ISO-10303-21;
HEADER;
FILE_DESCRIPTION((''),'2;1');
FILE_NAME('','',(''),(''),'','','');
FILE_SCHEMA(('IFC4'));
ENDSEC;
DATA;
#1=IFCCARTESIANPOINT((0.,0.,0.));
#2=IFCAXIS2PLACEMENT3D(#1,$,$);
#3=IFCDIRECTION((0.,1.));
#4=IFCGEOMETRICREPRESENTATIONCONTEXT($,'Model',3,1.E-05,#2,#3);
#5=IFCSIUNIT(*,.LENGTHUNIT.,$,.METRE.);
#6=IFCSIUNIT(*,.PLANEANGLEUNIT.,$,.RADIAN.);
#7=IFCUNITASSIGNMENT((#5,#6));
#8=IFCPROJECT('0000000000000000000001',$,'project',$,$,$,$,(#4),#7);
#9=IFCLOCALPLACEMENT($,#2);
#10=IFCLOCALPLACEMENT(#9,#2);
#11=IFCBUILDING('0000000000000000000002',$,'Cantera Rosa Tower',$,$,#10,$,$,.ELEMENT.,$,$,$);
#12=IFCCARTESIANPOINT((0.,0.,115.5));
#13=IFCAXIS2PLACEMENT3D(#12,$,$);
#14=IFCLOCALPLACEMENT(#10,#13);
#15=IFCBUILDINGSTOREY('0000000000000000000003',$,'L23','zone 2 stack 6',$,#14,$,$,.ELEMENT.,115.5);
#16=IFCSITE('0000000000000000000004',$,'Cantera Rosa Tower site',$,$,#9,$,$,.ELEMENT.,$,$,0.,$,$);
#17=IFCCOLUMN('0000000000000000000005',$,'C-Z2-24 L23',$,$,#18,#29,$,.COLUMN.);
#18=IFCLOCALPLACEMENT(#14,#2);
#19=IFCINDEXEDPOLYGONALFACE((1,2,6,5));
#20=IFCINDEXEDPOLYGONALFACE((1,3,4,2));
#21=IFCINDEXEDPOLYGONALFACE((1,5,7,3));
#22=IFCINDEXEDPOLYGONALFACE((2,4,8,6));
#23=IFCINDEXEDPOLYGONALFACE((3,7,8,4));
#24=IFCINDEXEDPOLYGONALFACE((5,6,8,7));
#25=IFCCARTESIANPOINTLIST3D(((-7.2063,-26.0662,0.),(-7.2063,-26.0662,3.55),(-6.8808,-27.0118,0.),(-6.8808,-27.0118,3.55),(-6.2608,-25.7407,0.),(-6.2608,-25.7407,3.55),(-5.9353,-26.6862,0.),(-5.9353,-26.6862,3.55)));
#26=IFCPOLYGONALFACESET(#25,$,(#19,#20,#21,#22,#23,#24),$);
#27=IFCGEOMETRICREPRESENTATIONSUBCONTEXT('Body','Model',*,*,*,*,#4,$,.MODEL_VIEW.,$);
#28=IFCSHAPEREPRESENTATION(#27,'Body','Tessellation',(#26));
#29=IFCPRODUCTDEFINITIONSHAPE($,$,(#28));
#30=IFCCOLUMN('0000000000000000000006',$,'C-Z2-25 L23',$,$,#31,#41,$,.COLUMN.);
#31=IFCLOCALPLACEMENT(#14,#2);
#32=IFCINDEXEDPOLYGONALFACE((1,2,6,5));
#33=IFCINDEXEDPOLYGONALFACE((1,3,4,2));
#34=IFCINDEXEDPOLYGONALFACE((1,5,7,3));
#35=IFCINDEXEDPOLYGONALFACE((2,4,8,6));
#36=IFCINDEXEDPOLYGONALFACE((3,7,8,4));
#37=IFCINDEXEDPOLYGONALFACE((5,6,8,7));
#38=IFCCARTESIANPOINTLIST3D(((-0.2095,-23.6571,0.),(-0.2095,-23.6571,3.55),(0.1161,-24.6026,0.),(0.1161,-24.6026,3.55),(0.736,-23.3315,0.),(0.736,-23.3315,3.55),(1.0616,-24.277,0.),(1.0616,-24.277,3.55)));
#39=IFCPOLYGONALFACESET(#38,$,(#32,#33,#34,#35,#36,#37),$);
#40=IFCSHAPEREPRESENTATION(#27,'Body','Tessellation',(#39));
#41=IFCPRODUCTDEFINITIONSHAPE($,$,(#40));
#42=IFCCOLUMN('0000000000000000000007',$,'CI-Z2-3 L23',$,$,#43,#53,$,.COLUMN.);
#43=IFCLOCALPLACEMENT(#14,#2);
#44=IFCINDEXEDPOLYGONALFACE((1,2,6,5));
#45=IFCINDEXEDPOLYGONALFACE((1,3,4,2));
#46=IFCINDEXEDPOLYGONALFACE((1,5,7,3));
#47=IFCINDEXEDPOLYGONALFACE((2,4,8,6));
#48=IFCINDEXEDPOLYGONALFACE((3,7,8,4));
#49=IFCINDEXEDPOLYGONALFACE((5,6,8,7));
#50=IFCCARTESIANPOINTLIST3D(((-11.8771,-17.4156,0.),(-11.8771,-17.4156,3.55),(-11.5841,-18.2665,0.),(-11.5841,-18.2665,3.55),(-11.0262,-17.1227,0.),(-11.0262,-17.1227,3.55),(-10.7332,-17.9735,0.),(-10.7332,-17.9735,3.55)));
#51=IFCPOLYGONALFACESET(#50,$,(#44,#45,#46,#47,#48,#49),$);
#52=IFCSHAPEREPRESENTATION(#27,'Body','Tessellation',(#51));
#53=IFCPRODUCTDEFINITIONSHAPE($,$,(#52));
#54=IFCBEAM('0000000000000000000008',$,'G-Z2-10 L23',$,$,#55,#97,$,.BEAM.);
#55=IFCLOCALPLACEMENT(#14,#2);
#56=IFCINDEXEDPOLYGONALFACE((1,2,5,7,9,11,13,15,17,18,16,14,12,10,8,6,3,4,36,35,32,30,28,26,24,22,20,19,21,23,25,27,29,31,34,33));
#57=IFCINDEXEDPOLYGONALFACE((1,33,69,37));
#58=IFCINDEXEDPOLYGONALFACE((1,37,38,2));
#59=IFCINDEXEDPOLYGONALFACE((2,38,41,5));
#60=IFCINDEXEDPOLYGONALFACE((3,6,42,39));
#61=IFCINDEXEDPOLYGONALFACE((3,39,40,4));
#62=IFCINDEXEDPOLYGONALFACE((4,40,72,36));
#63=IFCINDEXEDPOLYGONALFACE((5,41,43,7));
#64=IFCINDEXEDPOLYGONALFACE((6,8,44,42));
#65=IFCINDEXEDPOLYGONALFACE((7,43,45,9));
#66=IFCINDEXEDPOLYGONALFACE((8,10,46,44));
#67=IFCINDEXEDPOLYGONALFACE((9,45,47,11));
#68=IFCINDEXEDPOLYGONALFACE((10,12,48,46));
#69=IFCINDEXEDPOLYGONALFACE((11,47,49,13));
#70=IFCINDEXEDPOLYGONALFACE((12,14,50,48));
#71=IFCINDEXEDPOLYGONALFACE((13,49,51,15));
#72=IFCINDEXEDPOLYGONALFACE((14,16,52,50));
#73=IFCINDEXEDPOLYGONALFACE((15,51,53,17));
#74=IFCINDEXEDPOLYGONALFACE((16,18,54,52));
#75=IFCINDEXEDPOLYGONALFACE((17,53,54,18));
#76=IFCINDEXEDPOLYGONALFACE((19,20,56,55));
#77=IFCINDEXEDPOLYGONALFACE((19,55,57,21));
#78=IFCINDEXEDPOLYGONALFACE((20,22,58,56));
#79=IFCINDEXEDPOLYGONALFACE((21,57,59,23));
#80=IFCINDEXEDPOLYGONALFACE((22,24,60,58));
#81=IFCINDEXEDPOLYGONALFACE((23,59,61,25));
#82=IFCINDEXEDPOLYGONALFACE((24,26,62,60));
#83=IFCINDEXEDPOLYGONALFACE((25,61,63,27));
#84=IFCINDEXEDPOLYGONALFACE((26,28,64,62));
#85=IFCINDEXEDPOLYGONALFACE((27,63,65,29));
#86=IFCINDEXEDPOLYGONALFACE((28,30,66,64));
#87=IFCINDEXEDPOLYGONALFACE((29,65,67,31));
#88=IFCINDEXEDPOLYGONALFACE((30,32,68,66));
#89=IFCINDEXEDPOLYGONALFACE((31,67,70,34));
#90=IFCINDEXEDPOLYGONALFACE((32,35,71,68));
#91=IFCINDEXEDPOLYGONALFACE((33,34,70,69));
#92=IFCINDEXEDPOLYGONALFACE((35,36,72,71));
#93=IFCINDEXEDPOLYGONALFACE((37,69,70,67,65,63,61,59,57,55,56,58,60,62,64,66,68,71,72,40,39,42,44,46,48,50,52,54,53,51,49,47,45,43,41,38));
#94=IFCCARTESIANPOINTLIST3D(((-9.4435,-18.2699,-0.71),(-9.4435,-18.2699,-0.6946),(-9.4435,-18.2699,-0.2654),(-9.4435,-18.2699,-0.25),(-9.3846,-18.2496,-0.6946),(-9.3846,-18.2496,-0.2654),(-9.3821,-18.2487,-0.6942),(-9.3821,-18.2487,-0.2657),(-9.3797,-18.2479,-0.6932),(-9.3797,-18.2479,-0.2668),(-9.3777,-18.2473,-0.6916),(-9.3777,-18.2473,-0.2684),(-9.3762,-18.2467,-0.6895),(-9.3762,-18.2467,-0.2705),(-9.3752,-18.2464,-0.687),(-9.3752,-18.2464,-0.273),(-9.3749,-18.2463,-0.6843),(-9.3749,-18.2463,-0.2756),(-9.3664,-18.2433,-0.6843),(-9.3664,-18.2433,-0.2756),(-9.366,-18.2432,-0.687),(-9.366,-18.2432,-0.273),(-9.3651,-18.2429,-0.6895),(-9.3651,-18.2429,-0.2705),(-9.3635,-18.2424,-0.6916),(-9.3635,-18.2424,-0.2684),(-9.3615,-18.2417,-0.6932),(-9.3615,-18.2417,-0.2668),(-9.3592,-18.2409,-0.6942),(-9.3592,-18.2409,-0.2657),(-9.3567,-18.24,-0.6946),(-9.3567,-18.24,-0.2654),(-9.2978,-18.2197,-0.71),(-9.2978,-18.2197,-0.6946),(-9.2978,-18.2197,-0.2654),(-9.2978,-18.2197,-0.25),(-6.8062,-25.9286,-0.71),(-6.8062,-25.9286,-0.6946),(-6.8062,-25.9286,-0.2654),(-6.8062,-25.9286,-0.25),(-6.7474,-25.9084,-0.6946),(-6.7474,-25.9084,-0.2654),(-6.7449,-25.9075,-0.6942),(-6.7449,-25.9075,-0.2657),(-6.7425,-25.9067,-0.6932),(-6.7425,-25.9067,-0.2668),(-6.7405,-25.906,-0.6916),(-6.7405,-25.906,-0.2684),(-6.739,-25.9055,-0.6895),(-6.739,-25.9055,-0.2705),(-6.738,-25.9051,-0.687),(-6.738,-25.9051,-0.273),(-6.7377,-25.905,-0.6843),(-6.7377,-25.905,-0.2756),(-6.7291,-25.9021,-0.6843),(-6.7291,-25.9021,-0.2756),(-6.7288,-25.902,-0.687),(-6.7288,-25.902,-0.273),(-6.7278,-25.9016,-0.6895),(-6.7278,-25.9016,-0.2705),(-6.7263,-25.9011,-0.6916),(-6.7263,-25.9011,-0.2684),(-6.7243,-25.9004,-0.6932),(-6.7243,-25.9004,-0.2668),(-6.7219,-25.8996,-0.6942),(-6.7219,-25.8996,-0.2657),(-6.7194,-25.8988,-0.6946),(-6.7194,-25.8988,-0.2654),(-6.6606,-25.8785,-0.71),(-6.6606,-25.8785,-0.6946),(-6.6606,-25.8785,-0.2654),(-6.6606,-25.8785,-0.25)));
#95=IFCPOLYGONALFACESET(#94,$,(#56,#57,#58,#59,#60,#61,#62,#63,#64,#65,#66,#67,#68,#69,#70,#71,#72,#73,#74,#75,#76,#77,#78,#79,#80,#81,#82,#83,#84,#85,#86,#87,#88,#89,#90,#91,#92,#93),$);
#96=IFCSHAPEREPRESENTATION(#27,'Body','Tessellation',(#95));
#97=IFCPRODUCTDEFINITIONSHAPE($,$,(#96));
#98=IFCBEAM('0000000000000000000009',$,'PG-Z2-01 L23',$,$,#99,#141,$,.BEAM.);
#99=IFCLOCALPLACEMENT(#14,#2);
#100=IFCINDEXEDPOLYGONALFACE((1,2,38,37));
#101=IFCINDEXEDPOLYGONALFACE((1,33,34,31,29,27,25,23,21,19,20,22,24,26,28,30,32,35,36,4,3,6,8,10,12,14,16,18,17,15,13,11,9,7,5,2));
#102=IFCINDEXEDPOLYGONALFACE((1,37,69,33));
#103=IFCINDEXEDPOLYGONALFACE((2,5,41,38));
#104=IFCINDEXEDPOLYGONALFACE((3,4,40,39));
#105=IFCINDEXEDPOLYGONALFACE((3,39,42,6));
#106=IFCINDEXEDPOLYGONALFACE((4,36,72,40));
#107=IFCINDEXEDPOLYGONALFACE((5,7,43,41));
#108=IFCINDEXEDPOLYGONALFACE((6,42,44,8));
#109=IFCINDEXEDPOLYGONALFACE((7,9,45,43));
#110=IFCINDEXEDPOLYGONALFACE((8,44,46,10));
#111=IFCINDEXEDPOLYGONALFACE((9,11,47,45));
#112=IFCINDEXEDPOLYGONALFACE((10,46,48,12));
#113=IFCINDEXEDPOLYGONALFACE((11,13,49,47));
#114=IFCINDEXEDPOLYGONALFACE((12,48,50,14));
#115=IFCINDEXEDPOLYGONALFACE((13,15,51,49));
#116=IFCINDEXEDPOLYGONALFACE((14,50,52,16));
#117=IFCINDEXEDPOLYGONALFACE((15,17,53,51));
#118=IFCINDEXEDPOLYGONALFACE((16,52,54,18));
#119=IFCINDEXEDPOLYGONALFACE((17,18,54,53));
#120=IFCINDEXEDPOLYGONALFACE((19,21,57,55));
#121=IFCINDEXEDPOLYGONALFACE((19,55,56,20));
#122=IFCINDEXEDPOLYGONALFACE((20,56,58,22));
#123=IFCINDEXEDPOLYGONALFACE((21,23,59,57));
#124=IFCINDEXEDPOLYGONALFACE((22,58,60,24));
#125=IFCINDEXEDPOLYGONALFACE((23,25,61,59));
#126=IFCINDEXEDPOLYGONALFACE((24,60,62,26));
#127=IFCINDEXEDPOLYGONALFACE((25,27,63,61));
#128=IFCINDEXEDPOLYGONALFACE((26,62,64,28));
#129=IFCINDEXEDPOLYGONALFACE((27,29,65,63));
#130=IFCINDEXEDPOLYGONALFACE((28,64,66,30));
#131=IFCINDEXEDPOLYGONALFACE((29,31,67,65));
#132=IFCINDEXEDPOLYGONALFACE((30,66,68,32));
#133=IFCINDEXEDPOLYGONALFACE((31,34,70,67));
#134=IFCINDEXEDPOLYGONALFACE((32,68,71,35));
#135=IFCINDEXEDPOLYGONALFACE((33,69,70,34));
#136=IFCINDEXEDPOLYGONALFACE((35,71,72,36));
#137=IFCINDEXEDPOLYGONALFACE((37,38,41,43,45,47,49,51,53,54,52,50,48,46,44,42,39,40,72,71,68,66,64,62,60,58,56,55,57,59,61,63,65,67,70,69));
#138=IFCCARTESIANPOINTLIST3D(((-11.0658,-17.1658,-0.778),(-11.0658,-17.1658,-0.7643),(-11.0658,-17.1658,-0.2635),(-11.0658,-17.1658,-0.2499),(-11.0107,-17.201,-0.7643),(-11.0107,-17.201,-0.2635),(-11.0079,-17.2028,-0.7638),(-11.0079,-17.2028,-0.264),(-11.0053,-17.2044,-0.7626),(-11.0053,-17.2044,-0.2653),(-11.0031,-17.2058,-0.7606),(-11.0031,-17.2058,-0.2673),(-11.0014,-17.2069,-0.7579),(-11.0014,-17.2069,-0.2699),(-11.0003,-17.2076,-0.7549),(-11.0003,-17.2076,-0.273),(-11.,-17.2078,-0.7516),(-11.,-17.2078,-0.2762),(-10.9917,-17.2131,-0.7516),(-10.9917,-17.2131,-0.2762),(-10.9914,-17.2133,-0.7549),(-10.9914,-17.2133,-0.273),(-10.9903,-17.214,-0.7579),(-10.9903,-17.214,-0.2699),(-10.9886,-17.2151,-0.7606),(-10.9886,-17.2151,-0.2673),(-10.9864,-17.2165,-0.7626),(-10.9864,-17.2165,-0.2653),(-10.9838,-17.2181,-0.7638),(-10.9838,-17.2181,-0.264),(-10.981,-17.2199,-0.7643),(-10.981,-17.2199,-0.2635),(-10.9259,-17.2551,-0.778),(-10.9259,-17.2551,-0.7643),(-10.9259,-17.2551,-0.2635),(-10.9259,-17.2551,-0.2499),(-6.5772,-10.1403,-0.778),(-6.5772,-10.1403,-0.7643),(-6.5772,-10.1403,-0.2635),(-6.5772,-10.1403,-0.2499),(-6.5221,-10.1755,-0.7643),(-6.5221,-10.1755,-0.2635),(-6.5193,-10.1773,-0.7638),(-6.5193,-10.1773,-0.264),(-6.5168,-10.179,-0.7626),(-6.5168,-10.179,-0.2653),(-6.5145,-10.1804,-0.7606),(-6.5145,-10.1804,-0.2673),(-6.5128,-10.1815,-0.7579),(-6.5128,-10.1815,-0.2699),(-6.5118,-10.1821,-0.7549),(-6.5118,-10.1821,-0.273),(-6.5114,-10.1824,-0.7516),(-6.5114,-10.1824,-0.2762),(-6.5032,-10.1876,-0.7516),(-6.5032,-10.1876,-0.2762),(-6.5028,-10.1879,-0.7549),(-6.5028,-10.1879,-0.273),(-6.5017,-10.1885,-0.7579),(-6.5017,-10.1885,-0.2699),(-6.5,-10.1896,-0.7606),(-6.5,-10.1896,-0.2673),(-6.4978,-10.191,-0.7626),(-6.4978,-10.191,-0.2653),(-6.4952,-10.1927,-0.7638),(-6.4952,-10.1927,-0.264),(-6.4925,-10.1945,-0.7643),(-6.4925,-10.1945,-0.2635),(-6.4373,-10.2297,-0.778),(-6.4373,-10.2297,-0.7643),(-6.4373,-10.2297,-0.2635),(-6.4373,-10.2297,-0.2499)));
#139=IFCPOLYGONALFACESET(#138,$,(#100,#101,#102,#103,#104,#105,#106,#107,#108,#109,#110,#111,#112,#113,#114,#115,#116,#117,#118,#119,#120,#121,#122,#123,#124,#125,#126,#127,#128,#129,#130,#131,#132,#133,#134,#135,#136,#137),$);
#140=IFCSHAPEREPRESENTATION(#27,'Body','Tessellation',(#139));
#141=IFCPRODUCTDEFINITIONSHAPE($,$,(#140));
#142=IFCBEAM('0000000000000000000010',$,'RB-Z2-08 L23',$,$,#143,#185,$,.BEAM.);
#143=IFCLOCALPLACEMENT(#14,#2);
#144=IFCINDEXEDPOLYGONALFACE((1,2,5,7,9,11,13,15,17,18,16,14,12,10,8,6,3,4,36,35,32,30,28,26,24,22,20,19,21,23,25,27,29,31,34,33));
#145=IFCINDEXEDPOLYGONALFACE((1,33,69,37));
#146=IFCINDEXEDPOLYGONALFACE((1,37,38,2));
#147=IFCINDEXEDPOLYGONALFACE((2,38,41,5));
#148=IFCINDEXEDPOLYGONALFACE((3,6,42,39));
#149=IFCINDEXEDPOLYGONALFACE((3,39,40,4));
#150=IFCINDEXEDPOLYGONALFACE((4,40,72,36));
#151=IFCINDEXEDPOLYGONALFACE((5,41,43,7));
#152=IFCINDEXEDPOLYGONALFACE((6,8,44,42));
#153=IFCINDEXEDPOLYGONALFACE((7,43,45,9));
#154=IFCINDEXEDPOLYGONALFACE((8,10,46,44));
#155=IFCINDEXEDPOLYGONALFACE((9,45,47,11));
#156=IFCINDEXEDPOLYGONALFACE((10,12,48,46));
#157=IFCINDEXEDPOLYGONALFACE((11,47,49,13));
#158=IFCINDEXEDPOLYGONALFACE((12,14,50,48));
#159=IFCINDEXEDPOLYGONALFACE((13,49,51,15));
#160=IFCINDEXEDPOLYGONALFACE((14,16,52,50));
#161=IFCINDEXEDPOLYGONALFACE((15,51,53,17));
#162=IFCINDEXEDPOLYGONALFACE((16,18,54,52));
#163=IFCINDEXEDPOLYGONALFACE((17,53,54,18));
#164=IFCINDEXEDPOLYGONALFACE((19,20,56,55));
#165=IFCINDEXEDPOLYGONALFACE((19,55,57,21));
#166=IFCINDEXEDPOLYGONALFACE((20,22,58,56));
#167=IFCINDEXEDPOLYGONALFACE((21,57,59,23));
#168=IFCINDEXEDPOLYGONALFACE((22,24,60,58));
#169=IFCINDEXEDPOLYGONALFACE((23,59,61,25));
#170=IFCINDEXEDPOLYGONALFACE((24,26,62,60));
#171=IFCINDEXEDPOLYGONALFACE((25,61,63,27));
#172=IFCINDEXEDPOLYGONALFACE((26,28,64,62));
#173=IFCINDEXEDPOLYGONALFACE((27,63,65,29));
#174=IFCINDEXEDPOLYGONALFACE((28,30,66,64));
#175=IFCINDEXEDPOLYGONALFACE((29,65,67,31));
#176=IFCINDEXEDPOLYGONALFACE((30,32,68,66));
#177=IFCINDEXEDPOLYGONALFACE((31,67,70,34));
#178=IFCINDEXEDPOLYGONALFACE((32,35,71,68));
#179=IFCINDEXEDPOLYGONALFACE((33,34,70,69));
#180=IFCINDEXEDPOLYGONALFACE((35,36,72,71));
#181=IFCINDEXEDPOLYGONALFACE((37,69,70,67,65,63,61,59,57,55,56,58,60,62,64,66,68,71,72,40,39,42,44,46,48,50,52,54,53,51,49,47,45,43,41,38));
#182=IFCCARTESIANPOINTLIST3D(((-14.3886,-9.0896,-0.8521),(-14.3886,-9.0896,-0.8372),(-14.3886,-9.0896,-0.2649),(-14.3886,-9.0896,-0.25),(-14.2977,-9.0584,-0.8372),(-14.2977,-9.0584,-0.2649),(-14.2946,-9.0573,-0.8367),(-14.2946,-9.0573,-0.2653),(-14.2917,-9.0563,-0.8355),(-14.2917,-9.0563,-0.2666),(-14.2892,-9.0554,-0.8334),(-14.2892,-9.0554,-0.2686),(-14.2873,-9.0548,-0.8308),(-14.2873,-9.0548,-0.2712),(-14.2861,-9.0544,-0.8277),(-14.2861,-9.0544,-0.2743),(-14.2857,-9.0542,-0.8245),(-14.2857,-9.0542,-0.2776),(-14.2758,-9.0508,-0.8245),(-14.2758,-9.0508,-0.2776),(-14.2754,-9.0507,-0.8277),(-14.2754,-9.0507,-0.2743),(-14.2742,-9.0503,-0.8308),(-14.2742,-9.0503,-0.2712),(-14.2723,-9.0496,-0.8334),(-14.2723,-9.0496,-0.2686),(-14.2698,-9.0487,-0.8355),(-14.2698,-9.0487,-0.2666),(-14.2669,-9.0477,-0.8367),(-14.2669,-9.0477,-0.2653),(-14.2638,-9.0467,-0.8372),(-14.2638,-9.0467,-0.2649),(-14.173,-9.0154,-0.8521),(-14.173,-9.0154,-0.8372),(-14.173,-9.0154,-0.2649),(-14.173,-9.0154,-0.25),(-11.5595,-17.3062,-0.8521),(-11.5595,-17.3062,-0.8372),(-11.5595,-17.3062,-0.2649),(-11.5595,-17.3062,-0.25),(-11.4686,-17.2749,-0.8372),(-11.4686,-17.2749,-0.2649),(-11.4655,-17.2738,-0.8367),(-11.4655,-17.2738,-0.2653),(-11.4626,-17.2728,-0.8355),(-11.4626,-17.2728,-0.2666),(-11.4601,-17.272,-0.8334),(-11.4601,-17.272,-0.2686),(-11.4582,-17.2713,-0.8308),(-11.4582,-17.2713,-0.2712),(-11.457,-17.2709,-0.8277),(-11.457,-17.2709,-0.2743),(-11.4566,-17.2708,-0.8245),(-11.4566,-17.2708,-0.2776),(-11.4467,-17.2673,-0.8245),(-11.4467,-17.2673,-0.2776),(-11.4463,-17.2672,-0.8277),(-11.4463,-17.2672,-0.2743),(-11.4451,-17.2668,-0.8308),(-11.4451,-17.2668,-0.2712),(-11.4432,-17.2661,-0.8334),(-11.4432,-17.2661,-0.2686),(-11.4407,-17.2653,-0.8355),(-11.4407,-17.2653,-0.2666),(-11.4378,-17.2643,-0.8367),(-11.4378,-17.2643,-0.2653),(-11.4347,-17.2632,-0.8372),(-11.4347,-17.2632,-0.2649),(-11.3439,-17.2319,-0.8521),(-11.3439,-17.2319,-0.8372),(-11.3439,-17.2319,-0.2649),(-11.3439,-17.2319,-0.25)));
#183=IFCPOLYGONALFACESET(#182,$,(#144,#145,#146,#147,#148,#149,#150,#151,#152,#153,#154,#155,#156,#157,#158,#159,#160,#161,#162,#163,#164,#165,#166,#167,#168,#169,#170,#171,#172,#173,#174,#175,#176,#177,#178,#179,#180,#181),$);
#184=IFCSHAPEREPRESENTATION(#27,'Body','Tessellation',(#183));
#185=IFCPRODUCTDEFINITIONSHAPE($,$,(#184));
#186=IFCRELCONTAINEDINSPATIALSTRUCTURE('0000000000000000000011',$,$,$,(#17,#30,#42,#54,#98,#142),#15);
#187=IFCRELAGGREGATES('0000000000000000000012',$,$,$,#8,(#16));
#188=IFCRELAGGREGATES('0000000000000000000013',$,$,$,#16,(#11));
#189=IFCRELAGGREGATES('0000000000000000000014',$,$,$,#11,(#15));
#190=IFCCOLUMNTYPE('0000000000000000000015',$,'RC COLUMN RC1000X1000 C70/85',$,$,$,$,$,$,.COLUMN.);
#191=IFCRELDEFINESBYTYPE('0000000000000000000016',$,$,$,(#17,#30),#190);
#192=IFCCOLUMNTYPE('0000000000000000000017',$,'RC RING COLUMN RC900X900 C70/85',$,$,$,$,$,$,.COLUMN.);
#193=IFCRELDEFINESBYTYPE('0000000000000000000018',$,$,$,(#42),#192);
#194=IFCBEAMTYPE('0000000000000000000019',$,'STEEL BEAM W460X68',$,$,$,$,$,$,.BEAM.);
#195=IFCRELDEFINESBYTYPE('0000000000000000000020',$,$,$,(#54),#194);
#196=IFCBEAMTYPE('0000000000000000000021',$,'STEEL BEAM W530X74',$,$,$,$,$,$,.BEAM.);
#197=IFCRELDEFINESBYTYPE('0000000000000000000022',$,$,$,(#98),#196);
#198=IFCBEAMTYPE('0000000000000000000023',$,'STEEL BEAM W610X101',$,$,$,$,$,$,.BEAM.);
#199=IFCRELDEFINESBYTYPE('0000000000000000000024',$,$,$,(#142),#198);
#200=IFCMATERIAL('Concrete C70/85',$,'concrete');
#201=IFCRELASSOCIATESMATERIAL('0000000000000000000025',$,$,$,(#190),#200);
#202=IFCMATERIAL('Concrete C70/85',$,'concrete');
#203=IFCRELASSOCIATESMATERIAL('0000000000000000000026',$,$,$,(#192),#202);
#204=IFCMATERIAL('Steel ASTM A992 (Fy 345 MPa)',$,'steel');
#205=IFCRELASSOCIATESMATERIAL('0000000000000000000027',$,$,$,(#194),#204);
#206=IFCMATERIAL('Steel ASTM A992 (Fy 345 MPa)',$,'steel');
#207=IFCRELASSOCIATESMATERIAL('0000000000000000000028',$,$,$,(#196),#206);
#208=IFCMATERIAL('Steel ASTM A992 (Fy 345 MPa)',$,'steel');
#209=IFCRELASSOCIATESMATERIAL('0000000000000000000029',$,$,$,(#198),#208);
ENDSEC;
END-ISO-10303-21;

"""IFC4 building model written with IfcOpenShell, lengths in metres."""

from ifc_helpers import new_model, si_unit, direction, frame, origin, origin_2d, place, context, subcontext, project, spatial, rectangle, i_section, extrude, material, material_profile, profile_set, type_object, element, save


model = new_model("IFC4")

# Units and contexts
model_context = context("Model", 3, precision=1e-05, world=origin(), true_north=direction((0.0, 1.0)))
body_context = subcontext(model_context, "Body", "Model", "MODEL_VIEW")
ifc_project = project(units=[si_unit("LENGTHUNIT", "METRE"), si_unit("PLANEANGLEUNIT", "RADIAN")], contexts=[model_context])

# Site, building, storey
site_placement = place(None, origin())
site = spatial("IfcSite", under=ifc_project, at=site_placement, Name="Cantera Rosa Tower site", CompositionType="ELEMENT", RefElevation=0.0)
building_placement = place(site_placement, origin())
building = spatial("IfcBuilding", under=site, at=building_placement, Name="Cantera Rosa Tower", CompositionType="ELEMENT")
storey_placement = place(building_placement, frame((0.0, 0.0, 115.5)))
storey = spatial("IfcBuildingStorey", under=building, at=storey_placement, Name="L23", Description="zone 2 stack 6", CompositionType="ELEMENT", Elevation=115.5)

# Columns
ifc_material_1 = material(Name="Concrete C70/85", Category="concrete")
ifc_material_profile_1 = material_profile(ifc_material_1, rectangle(XDim=1.0, YDim=1.0, at=origin_2d()), Name="RC COLUMN RC1000X1000 C70/85")
ifc_profile_set_1 = profile_set([ifc_material_profile_1], Name="Concrete C70/85")
column_type_1 = type_object("IfcColumnType", Name="RC COLUMN RC1000X1000 C70/85", PredefinedType="COLUMN", material=ifc_profile_set_1)
for number, where, z_axis, x_axis, name in (
    (1, (-6.5708, -26.3762, 0.0), (0.0, 0.0, 1.0), (0.945519, 0.325568, 0.0), "C-Z2-24 L23"),
    (2, (0.426, -23.967, 0.0), (0.0, 0.0, 1.0), (0.945519, 0.325568, 0.0), "C-Z2-25 L23"),
):
    element("IfcColumn", number, at=place(storey_placement, frame(where, z_axis=z_axis, x_axis=x_axis)), inside=storey, type_object=column_type_1, Name=name, PredefinedType="COLUMN", context=body_context, shape_type="SweptSolid", body=[
        extrude(rectangle(XDim=1.0, YDim=1.0, at=origin_2d()), origin(), (0.0, 0.0, 1.0), 3.55),
    ])
ifc_material_2 = material(Name="Concrete C70/85", Category="concrete")
ifc_material_profile_2 = material_profile(ifc_material_2, rectangle(XDim=0.8999, YDim=0.8999, at=origin_2d()), Name="RC RING COLUMN RC900X900 C70/85")
ifc_profile_set_2 = profile_set([ifc_material_profile_2], Name="Concrete C70/85")
column_type_2 = type_object("IfcColumnType", Name="RC RING COLUMN RC900X900 C70/85", PredefinedType="COLUMN", material=ifc_profile_set_2)
column_placement = place(storey_placement, frame((-11.3052, -17.6946, 0.0), z_axis=(0.0, 0.0, 1.0), x_axis=(0.945519, 0.325568, 0.0)))
element("IfcColumn", 3, at=column_placement, inside=storey, type_object=column_type_2, Name="CI-Z2-3 L23", PredefinedType="COLUMN", context=body_context, shape_type="SweptSolid", body=[
    extrude(rectangle(XDim=0.8999, YDim=0.8999, at=origin_2d()), origin(), (0.0, 0.0, 1.0), 3.55),
])

# Beams
ifc_material_3 = material(Name="Steel ASTM A992 (Fy 345 MPa)", Category="steel")
ifc_material_profile_3 = material_profile(ifc_material_3, i_section(OverallWidth=0.1541, OverallDepth=0.46, WebThickness=0.009, FlangeThickness=0.0154, FilletRadius=0.0103, at=origin_2d()), Name="W460X68")
ifc_profile_set_3 = profile_set([ifc_material_profile_3], Name="Steel ASTM A992 (Fy 345 MPa)")
beam_type_1 = type_object("IfcBeamType", Name="STEEL BEAM W460X68", PredefinedType="BEAM", material=ifc_profile_set_3)
beam_1_placement = place(storey_placement, frame((-6.7334, -25.9036, -0.48), z_axis=(-0.32558, 0.945514, 0.0), x_axis=(-0.945514, -0.32558, 0.0)))
element("IfcBeam", 4, at=beam_1_placement, inside=storey, type_object=beam_type_1, Name="G-Z2-10 L23", PredefinedType="BEAM", context=body_context, shape_type="SweptSolid", body=[
    extrude(i_section(OverallWidth=0.1541, OverallDepth=0.46, WebThickness=0.009, FlangeThickness=0.0154, FilletRadius=0.0103, at=origin_2d()), origin(), (0.0, 0.0, 1.0), 8.1001),
])
ifc_material_4 = material(Name="Steel ASTM A992 (Fy 345 MPa)", Category="steel")
ifc_material_profile_4 = material_profile(ifc_material_4, i_section(OverallWidth=0.166, OverallDepth=0.5281, WebThickness=0.0098, FlangeThickness=0.0137, FilletRadius=0.0127, at=origin_2d()), Name="W530X74")
ifc_profile_set_4 = profile_set([ifc_material_profile_4], Name="Steel ASTM A992 (Fy 345 MPa)")
beam_type_2 = type_object("IfcBeamType", Name="STEEL BEAM W530X74", PredefinedType="BEAM", material=ifc_profile_set_4)
beam_2_placement = place(storey_placement, frame((-10.9958, -17.2104, -0.5139), z_axis=(0.538396, 0.842692, 0.0), x_axis=(-0.842692, 0.538396, 0.0)))
element("IfcBeam", 5, at=beam_2_placement, inside=storey, type_object=beam_type_2, Name="PG-Z2-01 L23", PredefinedType="BEAM", context=body_context, shape_type="SweptSolid", body=[
    extrude(i_section(OverallWidth=0.166, OverallDepth=0.5281, WebThickness=0.0098, FlangeThickness=0.0137, FilletRadius=0.0127, at=origin_2d()), origin(), (0.0, 0.0, 1.0), 8.3369),
])
ifc_material_5 = material(Name="Steel ASTM A992 (Fy 345 MPa)", Category="steel")
ifc_material_profile_5 = material_profile(ifc_material_5, i_section(OverallWidth=0.228, OverallDepth=0.6021, WebThickness=0.0105, FlangeThickness=0.0149, FilletRadius=0.0127, at=origin_2d()), Name="W610X101")
ifc_profile_set_5 = profile_set([ifc_material_profile_5], Name="Steel ASTM A992 (Fy 345 MPa)")
beam_type_3 = type_object("IfcBeamType", Name="STEEL BEAM W610X101", PredefinedType="BEAM", material=ifc_profile_set_5)
beam_3_placement = place(storey_placement, frame((-11.4517, -17.269, -0.551), z_axis=(-0.325559, 0.945522, 0.0), x_axis=(-0.945522, -0.325559, 0.0)))
element("IfcBeam", 6, at=beam_3_placement, inside=storey, type_object=beam_type_3, Name="RB-Z2-08 L23", PredefinedType="BEAM", context=body_context, shape_type="SweptSolid", body=[
    extrude(i_section(OverallWidth=0.228, OverallDepth=0.6021, WebThickness=0.0105, FlangeThickness=0.0149, FilletRadius=0.0127, at=origin_2d()), origin(), (0.0, 0.0, 1.0), 8.6899),
])

save(model, "model.ifc")
